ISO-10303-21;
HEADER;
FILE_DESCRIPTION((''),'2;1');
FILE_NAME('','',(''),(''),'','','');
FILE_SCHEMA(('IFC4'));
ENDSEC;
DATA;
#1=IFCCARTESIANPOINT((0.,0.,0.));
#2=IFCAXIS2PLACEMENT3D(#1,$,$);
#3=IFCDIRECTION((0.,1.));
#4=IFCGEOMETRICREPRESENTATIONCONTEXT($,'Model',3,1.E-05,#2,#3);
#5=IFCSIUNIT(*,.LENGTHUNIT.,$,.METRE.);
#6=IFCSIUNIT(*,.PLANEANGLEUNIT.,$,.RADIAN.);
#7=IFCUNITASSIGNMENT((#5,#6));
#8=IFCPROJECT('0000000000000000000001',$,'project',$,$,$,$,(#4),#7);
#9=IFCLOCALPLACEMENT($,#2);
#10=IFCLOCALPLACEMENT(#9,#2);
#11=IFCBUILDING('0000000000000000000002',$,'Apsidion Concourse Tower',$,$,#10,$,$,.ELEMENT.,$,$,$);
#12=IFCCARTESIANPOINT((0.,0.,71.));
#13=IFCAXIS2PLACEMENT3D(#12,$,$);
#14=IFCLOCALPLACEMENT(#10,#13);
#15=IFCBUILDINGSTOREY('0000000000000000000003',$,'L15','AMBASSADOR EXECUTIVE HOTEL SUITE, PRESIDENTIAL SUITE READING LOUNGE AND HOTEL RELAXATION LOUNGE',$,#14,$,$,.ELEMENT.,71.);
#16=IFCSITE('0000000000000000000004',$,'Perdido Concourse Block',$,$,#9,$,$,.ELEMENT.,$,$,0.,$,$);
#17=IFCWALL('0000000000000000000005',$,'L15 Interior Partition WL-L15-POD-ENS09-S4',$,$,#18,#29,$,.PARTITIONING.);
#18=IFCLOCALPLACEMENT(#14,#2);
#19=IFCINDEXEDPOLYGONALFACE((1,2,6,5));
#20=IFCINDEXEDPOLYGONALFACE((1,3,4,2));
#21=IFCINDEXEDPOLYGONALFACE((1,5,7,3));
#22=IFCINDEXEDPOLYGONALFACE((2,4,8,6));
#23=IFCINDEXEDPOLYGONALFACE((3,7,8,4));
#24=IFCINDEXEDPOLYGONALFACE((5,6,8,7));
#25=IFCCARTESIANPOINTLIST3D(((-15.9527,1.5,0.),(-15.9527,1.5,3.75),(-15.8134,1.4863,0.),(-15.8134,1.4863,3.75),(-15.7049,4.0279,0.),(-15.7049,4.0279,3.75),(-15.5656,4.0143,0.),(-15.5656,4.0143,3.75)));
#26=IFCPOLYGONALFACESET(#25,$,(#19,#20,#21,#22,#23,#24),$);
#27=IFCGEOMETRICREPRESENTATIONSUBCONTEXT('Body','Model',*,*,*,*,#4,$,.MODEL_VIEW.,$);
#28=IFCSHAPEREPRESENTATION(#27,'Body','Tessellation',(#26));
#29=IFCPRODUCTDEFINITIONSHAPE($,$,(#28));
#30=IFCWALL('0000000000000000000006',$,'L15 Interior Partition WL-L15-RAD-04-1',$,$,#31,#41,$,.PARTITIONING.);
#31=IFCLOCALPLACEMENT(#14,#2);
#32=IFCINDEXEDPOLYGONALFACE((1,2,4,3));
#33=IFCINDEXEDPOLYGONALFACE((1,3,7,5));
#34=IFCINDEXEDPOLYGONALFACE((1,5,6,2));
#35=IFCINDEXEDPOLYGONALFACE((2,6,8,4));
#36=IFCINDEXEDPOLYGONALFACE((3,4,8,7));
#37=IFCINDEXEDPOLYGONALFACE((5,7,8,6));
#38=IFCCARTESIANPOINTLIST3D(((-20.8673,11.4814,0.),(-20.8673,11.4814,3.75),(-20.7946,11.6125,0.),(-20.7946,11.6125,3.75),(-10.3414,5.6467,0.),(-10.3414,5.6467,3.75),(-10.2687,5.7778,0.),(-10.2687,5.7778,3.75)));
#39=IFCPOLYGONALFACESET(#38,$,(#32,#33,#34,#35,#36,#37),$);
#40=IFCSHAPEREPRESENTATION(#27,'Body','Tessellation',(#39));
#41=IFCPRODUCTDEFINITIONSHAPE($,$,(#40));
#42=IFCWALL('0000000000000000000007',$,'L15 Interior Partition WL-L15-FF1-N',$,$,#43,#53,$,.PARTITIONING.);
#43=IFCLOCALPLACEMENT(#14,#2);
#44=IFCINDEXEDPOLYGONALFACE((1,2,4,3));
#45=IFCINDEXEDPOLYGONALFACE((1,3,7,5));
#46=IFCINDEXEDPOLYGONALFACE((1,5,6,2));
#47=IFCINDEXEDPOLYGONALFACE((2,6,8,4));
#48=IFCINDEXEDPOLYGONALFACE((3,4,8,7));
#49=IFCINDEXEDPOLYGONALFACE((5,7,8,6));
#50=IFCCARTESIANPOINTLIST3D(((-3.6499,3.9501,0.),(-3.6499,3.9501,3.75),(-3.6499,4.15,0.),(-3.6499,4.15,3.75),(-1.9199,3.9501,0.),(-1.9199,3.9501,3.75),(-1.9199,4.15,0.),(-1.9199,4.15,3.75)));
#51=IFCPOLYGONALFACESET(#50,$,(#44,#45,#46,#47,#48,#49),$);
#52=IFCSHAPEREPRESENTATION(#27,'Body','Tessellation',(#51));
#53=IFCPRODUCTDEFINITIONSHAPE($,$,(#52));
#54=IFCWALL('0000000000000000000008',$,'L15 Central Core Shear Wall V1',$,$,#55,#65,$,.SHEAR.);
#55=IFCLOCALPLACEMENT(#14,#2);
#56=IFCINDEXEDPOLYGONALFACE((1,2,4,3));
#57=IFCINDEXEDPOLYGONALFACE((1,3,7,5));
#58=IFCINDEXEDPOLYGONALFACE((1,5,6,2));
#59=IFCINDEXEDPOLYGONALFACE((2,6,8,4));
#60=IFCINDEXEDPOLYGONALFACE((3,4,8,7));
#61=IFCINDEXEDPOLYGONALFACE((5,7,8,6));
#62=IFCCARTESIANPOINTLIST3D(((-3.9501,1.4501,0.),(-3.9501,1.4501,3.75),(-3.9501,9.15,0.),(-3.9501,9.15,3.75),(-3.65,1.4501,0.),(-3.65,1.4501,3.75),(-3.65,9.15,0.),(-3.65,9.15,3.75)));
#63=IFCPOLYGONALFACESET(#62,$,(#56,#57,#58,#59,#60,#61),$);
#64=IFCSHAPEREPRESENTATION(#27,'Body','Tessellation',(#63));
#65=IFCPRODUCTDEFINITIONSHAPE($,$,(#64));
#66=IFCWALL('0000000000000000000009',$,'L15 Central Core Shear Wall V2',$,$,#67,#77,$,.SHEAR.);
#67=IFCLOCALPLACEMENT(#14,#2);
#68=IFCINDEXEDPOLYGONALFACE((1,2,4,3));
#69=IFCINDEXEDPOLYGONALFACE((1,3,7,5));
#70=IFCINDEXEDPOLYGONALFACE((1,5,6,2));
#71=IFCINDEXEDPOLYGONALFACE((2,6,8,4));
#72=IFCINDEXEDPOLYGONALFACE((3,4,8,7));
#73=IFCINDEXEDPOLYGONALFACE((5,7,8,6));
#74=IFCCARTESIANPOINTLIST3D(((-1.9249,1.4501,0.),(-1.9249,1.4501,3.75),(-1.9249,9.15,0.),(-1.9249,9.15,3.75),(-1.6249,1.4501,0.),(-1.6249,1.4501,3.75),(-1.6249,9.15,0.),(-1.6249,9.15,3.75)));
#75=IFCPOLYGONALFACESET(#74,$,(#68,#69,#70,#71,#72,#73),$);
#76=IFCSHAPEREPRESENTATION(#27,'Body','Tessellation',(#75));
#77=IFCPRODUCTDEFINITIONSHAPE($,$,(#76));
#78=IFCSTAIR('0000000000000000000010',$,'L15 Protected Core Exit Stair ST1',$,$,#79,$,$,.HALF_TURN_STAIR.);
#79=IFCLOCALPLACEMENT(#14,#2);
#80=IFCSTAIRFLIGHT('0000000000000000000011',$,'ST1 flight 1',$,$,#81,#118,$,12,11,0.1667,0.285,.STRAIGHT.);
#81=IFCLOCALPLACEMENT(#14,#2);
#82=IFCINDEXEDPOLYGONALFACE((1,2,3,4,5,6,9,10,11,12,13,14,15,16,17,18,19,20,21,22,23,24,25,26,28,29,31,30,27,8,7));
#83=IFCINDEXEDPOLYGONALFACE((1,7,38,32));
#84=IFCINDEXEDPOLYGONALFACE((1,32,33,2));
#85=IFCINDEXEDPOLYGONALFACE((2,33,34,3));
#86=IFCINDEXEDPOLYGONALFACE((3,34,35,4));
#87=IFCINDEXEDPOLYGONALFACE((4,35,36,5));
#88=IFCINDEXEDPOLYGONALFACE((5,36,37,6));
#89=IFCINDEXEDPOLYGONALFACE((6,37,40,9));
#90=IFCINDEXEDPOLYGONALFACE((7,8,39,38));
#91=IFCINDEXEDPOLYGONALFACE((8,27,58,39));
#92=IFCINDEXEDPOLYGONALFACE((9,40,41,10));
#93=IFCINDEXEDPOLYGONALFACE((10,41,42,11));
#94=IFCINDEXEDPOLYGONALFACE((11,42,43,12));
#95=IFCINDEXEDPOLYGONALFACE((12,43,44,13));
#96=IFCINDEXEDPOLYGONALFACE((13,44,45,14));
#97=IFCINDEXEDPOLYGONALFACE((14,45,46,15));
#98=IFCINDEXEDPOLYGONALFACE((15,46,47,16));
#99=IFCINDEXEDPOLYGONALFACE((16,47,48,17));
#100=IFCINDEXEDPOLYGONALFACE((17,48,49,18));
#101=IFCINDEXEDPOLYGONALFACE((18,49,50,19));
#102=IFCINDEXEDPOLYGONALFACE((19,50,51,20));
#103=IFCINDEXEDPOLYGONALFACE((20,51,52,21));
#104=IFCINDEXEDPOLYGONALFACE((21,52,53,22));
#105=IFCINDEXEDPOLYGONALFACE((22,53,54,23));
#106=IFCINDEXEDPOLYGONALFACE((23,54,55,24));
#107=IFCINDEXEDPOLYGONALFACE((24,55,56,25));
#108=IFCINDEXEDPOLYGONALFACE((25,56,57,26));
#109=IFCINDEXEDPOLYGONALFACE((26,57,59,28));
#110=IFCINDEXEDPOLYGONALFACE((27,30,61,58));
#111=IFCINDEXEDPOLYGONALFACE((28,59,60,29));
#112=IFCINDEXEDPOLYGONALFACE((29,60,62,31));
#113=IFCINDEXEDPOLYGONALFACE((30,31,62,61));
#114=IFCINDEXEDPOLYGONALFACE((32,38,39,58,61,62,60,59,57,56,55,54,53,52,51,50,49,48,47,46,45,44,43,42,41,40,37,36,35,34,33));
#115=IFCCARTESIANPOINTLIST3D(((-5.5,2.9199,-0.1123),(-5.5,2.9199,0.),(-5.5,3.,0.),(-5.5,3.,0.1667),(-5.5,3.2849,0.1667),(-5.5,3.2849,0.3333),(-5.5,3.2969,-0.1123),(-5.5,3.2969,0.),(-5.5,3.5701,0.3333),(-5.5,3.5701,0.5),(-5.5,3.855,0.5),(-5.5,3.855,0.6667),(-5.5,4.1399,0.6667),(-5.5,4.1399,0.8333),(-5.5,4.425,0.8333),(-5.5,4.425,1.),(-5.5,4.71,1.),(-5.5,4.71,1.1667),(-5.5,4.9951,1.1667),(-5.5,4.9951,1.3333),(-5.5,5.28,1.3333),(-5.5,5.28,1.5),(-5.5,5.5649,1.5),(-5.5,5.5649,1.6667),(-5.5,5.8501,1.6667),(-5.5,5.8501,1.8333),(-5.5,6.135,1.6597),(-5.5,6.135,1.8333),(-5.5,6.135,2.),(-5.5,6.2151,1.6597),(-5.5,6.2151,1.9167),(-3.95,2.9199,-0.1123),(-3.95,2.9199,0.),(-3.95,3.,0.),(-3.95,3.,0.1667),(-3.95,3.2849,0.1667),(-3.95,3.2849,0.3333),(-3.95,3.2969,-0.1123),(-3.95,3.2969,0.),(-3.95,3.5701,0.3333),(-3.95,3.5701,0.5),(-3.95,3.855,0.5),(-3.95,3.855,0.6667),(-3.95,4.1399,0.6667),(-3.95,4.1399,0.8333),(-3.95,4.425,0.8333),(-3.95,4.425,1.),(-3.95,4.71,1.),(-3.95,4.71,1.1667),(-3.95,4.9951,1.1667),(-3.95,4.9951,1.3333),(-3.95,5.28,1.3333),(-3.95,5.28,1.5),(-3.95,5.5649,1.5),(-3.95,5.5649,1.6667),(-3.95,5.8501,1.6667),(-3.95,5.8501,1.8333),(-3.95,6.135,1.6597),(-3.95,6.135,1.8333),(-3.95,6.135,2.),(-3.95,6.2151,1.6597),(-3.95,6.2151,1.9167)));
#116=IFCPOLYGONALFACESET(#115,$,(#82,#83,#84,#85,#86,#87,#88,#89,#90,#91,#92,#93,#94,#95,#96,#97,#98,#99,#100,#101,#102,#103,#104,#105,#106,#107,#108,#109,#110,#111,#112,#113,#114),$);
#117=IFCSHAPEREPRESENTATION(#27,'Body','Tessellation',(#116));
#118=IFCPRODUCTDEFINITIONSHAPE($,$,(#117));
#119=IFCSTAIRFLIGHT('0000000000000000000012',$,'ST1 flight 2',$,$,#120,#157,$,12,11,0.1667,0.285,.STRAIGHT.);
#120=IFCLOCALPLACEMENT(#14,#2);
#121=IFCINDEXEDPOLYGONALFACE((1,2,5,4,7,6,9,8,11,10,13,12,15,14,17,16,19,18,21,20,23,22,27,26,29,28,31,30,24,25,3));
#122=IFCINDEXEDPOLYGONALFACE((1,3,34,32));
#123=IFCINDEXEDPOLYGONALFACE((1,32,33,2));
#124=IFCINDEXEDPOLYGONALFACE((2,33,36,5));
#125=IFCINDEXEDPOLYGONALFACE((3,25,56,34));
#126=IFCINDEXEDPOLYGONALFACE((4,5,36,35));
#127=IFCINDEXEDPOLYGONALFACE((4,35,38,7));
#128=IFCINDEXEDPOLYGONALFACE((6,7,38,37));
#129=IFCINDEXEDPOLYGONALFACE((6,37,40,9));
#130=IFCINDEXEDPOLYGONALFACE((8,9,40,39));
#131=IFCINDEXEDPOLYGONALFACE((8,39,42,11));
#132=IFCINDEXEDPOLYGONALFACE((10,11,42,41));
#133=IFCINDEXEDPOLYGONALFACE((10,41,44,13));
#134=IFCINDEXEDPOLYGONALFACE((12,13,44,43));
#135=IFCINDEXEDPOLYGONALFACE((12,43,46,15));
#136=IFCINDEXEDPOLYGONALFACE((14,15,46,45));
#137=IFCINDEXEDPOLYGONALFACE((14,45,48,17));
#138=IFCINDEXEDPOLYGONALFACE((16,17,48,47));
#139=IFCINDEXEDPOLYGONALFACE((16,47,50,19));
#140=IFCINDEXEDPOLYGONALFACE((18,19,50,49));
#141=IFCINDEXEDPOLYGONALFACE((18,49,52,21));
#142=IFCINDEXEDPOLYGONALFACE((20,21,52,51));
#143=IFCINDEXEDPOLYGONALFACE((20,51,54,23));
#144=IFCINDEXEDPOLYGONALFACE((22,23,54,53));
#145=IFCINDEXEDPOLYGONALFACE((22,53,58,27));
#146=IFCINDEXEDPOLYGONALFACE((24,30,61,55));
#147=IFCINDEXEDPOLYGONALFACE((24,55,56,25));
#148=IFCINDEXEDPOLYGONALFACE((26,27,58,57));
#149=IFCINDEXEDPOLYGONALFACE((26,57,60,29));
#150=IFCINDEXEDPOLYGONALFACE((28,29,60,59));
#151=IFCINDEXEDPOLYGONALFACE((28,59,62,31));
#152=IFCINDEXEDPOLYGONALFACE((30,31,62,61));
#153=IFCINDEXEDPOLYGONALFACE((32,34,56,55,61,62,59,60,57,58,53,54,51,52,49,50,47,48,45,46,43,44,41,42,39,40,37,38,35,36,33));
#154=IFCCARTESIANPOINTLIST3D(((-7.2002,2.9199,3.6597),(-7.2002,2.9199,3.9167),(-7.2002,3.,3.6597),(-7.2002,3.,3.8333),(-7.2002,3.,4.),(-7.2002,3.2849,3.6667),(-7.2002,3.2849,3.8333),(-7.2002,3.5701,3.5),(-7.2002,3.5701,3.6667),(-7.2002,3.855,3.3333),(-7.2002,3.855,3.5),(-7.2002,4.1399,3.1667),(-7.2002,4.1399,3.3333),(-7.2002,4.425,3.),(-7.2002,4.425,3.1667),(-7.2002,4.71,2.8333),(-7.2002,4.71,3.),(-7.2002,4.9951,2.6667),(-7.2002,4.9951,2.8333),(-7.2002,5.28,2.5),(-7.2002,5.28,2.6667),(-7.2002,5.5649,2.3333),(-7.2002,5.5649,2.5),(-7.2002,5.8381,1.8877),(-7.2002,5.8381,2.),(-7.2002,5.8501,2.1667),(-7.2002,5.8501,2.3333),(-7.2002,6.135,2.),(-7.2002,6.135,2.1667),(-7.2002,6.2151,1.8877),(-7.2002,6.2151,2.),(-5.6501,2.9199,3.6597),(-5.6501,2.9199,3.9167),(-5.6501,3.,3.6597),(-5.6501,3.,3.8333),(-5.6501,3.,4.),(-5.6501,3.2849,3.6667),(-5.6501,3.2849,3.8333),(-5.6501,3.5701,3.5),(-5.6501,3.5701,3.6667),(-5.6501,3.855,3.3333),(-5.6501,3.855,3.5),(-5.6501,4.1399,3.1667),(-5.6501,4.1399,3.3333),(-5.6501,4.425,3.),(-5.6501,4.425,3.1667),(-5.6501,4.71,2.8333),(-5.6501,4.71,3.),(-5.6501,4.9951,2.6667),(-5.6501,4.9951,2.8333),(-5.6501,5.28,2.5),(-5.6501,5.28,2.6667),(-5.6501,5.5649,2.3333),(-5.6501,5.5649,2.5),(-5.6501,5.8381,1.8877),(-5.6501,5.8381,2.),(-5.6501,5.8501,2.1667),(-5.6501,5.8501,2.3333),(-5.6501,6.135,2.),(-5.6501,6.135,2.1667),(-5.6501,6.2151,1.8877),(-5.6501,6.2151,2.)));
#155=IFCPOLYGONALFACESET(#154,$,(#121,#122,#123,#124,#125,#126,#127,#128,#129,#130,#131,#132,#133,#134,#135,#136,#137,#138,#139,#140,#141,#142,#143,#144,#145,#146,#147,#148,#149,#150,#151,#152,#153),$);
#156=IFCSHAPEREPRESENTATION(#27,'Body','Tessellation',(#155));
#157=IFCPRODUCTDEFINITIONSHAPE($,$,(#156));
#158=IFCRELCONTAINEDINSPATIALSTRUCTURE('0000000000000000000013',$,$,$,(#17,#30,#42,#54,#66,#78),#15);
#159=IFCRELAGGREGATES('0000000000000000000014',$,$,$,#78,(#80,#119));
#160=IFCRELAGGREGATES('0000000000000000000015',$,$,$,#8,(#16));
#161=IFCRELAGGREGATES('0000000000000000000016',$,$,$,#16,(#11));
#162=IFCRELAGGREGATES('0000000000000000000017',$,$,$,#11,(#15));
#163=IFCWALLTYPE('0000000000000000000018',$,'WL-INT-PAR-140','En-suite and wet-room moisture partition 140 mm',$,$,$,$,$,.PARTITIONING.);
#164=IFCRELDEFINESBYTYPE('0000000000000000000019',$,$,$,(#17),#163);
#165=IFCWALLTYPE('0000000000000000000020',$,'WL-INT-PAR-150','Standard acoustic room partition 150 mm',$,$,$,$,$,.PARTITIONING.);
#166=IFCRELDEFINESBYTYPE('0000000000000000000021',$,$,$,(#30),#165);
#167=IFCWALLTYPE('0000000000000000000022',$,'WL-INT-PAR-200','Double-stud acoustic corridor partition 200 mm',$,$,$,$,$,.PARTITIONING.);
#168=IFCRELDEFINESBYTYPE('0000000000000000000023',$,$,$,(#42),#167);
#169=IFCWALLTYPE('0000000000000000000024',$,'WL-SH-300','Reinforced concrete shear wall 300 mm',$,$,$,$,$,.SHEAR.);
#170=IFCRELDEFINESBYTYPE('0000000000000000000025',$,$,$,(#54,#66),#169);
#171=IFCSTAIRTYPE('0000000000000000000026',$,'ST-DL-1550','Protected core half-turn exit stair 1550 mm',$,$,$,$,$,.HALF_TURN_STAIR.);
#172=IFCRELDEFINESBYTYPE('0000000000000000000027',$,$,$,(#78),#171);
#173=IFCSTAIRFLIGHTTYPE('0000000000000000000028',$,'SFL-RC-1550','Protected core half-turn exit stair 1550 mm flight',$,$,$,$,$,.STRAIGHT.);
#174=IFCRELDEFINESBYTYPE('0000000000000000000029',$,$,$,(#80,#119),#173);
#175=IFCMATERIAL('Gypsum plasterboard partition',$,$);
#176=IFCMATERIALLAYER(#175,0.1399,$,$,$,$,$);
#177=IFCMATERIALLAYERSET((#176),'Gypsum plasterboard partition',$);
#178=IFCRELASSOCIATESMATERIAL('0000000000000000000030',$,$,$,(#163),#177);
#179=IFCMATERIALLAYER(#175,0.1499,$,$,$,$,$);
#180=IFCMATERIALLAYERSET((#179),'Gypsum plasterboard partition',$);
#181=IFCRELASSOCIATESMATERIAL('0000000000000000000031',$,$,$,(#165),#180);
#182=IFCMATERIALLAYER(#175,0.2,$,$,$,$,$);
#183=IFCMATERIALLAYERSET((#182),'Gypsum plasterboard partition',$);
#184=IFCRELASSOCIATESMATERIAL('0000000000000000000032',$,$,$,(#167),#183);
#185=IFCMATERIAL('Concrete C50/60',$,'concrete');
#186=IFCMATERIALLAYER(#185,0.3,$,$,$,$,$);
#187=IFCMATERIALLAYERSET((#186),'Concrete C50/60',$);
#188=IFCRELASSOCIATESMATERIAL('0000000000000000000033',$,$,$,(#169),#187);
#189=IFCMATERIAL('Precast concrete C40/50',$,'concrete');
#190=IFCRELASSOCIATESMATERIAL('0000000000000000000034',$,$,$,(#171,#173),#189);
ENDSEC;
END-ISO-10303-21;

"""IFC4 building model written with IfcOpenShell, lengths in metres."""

from ifc_helpers import new_model, si_unit, direction, frame, frame_2d, origin, place, context, subcontext, project, spatial, polyline, rectangle, outline, extrude, material, layer, layer_set, type_object, element, aggregate, save


model = new_model("IFC4")

# Units and contexts
model_context = context("Model", 3, precision=1e-05, world=origin(), true_north=direction((0.0, 1.0)))
body_context = subcontext(model_context, "Body", "Model", "MODEL_VIEW")
ifc_project = project(units=[si_unit("LENGTHUNIT", "METRE"), si_unit("PLANEANGLEUNIT", "RADIAN")], contexts=[model_context])

# Site, building, storey
site_placement = place(None, origin())
site = spatial("IfcSite", under=ifc_project, at=site_placement, Name="Perdido Concourse Block", CompositionType="ELEMENT", RefElevation=0.0)
building_placement = place(site_placement, origin())
building = spatial("IfcBuilding", under=site, at=building_placement, Name="Apsidion Concourse Tower", CompositionType="ELEMENT")
storey_placement = place(building_placement, frame((0.0, 0.0, 71.0)))
storey = spatial("IfcBuildingStorey", under=building, at=storey_placement, Name="L15", Description="AMBASSADOR EXECUTIVE HOTEL SUITE, PRESIDENTIAL SUITE READING LOUNGE AND HOTEL RELAXATION LOUNGE", CompositionType="ELEMENT", Elevation=71.0)

# Shared definitions
ifc_material_1 = material(Name="Concrete C50/60", Category="concrete")

# Shared definitions
ifc_material_2 = material(Name="Gypsum plasterboard partition")
ifc_layer_1 = layer(ifc_material_2, 0.1399)
ifc_layer_set_1 = layer_set([ifc_layer_1], Name="Gypsum plasterboard partition")
wall_type_1 = type_object("IfcWallType", Name="WL-INT-PAR-140", Description="En-suite and wet-room moisture partition 140 mm", PredefinedType="PARTITIONING", material=ifc_layer_set_1)

# Walls
wall_1_placement = place(storey_placement, frame((-15.8831, 1.4932, 0.0), z_axis=(0.0, 0.0, 1.0), x_axis=(0.097562, 0.995229, 0.0)))
element("IfcWall", 1, at=wall_1_placement, inside=storey, type_object=wall_type_1, Name="L15 Interior Partition WL-L15-POD-ENS09-S4", PredefinedType="PARTITIONING", context=body_context, shape_type="SweptSolid", body=[
    extrude(rectangle(XDim=2.54, YDim=0.1399, at=frame_2d((1.27, 0.0))), origin(), (0.0, 0.0, 1.0), 3.75),
])
ifc_layer_2 = layer(ifc_material_2, 0.1499)
ifc_layer_set_2 = layer_set([ifc_layer_2], Name="Gypsum plasterboard partition")
wall_type_2 = type_object("IfcWallType", Name="WL-INT-PAR-150", Description="Standard acoustic room partition 150 mm", PredefinedType="PARTITIONING", material=ifc_layer_set_2)
wall_2_placement = place(storey_placement, frame((-10.3049, 5.7122, 0.0), z_axis=(0.0, 0.0, 1.0), x_axis=(-0.874615, 0.484818, 0.0)))
element("IfcWall", 2, at=wall_2_placement, inside=storey, type_object=wall_type_2, Name="L15 Interior Partition WL-L15-RAD-04-1", PredefinedType="PARTITIONING", context=body_context, shape_type="SweptSolid", body=[
    extrude(rectangle(XDim=12.0349, YDim=0.1499, at=frame_2d((6.0176, 0.0))), origin(), (0.0, 0.0, 1.0), 3.75),
])
ifc_layer_3 = layer(ifc_material_2, 0.2)
ifc_layer_set_3 = layer_set([ifc_layer_3], Name="Gypsum plasterboard partition")
wall_type_3 = type_object("IfcWallType", Name="WL-INT-PAR-200", Description="Double-stud acoustic corridor partition 200 mm", PredefinedType="PARTITIONING", material=ifc_layer_set_3)
wall_3_placement = place(storey_placement, frame((-3.6499, 4.05, 0.0), z_axis=(0.0, 0.0, 1.0), x_axis=(1.0, 0.0, 0.0)))
element("IfcWall", 3, at=wall_3_placement, inside=storey, type_object=wall_type_3, Name="L15 Interior Partition WL-L15-FF1-N", PredefinedType="PARTITIONING", context=body_context, shape_type="SweptSolid", body=[
    extrude(rectangle(XDim=1.73, YDim=0.2, at=frame_2d((0.865, 0.0))), origin(), (0.0, 0.0, 1.0), 3.75),
])
ifc_layer_4 = layer(ifc_material_1, 0.3)
ifc_layer_set_4 = layer_set([ifc_layer_4], Name="Concrete C50/60")
wall_type_4 = type_object("IfcWallType", Name="WL-SH-300", Description="Reinforced concrete shear wall 300 mm", PredefinedType="SHEAR", material=ifc_layer_set_4)
for number, where, z_axis, x_axis, name in (
    (4, (-3.8, 1.45, 0.0), (0.0, 0.0, 1.0), (0.0, 1.0, 0.0), "L15 Central Core Shear Wall V1"),
    (5, (-1.7749, 1.45, 0.0), (0.0, 0.0, 1.0), (0.0, 1.0, 0.0), "L15 Central Core Shear Wall V2"),
):
    element("IfcWall", number, at=place(storey_placement, frame(where, z_axis=z_axis, x_axis=x_axis)), inside=storey, type_object=wall_type_4, Name=name, PredefinedType="SHEAR", context=body_context, shape_type="SweptSolid", body=[
        extrude(rectangle(XDim=7.7, YDim=0.3, at=frame_2d((3.8501, 0.0))), origin(), (0.0, 0.0, 1.0), 3.75),
    ])

# Stair, stair flights
ifc_material_3 = material(Name="Precast concrete C40/50", Category="concrete")
stair_type = type_object("IfcStairType", Name="ST-DL-1550", Description="Protected core half-turn exit stair 1550 mm", PredefinedType="HALF_TURN_STAIR", material=ifc_material_3)
stair_placement = place(storey_placement, origin())
stair = element("IfcStair", 6, at=stair_placement, inside=storey, type_object=stair_type, Name="L15 Protected Core Exit Stair ST1", PredefinedType="HALF_TURN_STAIR")
stair_flight_type = type_object("IfcStairFlightType", Name="SFL-RC-1550", Description="Protected core half-turn exit stair 1550 mm flight", PredefinedType="STRAIGHT", material=ifc_material_3)
stair_flight_1_placement = place(storey_placement, frame((-4.7251, 3.0, 0.0), z_axis=(0.0, 0.0, 1.0), x_axis=(0.0, 1.0, 0.0)))
stair_flight_1 = element("IfcStairFlight", 7, at=stair_flight_1_placement, type_object=stair_flight_type, Name="ST1 flight 1", NumberOfRisers=12, NumberOfTreads=11, PredefinedType="STRAIGHT", RiserHeight=0.1667, TreadLength=0.285, context=body_context, shape_type="SweptSolid", body=[
    extrude(outline(polyline([(-0.0801, -0.1123), (-0.0801, 0.0), (0.0, 0.0), (0.0, 0.1667), (0.2849, 0.1667), (0.2849, 0.3333), (0.5701, 0.3333), (0.5701, 0.5), (0.855, 0.5), (0.855, 0.6667), (1.1399, 0.6667), (1.1399, 0.8333), (1.425, 0.8333), (1.425, 1.0), (1.71, 1.0), (1.71, 1.1667), (1.9951, 1.1667), (1.9951, 1.3333), (2.28, 1.3333), (2.28, 1.5), (2.5649, 1.5), (2.5649, 1.6667), (2.8501, 1.6667), (2.8501, 1.8333), (3.135, 1.8333), (3.135, 2.0), (3.2151, 1.9167), (3.2151, 1.6597), (3.135, 1.6597), (0.2969, 0.0), (0.2969, -0.1123), (-0.0801, -0.1123)])), frame((0.0, 0.7749, 0.0), z_axis=(0.0, -1.0, 0.0), x_axis=(1.0, 0.0, 0.0)), (0.0, 0.0, 1.0), 1.55),
])
stair_flight_2_placement = place(storey_placement, frame((-6.425, 6.135, 2.0), z_axis=(0.0, 0.0, 1.0), x_axis=(0.0, -1.0, 0.0)))
stair_flight_2 = element("IfcStairFlight", 8, at=stair_flight_2_placement, type_object=stair_flight_type, Name="ST1 flight 2", NumberOfRisers=12, NumberOfTreads=11, PredefinedType="STRAIGHT", RiserHeight=0.1667, TreadLength=0.285, context=body_context, shape_type="SweptSolid", body=[
    extrude(outline(polyline([(-0.0801, -0.1123), (-0.0801, 0.0), (0.0, 0.0), (0.0, 0.1667), (0.2849, 0.1667), (0.2849, 0.3333), (0.5701, 0.3333), (0.5701, 0.5), (0.855, 0.5), (0.855, 0.6667), (1.1399, 0.6667), (1.1399, 0.8333), (1.425, 0.8333), (1.425, 1.0), (1.71, 1.0), (1.71, 1.1667), (1.9951, 1.1667), (1.9951, 1.3333), (2.28, 1.3333), (2.28, 1.5), (2.5649, 1.5), (2.5649, 1.6667), (2.8501, 1.6667), (2.8501, 1.8333), (3.135, 1.8333), (3.135, 2.0), (3.2151, 1.9167), (3.2151, 1.6597), (3.135, 1.6597), (0.2969, 0.0), (0.2969, -0.1123), (-0.0801, -0.1123)])), frame((0.0, 0.7749, 0.0), z_axis=(0.0, -1.0, 0.0), x_axis=(1.0, 0.0, 0.0)), (0.0, 0.0, 1.0), 1.55),
])
aggregate(stair, [stair_flight_1, stair_flight_2])

save(model, "model.ifc")
